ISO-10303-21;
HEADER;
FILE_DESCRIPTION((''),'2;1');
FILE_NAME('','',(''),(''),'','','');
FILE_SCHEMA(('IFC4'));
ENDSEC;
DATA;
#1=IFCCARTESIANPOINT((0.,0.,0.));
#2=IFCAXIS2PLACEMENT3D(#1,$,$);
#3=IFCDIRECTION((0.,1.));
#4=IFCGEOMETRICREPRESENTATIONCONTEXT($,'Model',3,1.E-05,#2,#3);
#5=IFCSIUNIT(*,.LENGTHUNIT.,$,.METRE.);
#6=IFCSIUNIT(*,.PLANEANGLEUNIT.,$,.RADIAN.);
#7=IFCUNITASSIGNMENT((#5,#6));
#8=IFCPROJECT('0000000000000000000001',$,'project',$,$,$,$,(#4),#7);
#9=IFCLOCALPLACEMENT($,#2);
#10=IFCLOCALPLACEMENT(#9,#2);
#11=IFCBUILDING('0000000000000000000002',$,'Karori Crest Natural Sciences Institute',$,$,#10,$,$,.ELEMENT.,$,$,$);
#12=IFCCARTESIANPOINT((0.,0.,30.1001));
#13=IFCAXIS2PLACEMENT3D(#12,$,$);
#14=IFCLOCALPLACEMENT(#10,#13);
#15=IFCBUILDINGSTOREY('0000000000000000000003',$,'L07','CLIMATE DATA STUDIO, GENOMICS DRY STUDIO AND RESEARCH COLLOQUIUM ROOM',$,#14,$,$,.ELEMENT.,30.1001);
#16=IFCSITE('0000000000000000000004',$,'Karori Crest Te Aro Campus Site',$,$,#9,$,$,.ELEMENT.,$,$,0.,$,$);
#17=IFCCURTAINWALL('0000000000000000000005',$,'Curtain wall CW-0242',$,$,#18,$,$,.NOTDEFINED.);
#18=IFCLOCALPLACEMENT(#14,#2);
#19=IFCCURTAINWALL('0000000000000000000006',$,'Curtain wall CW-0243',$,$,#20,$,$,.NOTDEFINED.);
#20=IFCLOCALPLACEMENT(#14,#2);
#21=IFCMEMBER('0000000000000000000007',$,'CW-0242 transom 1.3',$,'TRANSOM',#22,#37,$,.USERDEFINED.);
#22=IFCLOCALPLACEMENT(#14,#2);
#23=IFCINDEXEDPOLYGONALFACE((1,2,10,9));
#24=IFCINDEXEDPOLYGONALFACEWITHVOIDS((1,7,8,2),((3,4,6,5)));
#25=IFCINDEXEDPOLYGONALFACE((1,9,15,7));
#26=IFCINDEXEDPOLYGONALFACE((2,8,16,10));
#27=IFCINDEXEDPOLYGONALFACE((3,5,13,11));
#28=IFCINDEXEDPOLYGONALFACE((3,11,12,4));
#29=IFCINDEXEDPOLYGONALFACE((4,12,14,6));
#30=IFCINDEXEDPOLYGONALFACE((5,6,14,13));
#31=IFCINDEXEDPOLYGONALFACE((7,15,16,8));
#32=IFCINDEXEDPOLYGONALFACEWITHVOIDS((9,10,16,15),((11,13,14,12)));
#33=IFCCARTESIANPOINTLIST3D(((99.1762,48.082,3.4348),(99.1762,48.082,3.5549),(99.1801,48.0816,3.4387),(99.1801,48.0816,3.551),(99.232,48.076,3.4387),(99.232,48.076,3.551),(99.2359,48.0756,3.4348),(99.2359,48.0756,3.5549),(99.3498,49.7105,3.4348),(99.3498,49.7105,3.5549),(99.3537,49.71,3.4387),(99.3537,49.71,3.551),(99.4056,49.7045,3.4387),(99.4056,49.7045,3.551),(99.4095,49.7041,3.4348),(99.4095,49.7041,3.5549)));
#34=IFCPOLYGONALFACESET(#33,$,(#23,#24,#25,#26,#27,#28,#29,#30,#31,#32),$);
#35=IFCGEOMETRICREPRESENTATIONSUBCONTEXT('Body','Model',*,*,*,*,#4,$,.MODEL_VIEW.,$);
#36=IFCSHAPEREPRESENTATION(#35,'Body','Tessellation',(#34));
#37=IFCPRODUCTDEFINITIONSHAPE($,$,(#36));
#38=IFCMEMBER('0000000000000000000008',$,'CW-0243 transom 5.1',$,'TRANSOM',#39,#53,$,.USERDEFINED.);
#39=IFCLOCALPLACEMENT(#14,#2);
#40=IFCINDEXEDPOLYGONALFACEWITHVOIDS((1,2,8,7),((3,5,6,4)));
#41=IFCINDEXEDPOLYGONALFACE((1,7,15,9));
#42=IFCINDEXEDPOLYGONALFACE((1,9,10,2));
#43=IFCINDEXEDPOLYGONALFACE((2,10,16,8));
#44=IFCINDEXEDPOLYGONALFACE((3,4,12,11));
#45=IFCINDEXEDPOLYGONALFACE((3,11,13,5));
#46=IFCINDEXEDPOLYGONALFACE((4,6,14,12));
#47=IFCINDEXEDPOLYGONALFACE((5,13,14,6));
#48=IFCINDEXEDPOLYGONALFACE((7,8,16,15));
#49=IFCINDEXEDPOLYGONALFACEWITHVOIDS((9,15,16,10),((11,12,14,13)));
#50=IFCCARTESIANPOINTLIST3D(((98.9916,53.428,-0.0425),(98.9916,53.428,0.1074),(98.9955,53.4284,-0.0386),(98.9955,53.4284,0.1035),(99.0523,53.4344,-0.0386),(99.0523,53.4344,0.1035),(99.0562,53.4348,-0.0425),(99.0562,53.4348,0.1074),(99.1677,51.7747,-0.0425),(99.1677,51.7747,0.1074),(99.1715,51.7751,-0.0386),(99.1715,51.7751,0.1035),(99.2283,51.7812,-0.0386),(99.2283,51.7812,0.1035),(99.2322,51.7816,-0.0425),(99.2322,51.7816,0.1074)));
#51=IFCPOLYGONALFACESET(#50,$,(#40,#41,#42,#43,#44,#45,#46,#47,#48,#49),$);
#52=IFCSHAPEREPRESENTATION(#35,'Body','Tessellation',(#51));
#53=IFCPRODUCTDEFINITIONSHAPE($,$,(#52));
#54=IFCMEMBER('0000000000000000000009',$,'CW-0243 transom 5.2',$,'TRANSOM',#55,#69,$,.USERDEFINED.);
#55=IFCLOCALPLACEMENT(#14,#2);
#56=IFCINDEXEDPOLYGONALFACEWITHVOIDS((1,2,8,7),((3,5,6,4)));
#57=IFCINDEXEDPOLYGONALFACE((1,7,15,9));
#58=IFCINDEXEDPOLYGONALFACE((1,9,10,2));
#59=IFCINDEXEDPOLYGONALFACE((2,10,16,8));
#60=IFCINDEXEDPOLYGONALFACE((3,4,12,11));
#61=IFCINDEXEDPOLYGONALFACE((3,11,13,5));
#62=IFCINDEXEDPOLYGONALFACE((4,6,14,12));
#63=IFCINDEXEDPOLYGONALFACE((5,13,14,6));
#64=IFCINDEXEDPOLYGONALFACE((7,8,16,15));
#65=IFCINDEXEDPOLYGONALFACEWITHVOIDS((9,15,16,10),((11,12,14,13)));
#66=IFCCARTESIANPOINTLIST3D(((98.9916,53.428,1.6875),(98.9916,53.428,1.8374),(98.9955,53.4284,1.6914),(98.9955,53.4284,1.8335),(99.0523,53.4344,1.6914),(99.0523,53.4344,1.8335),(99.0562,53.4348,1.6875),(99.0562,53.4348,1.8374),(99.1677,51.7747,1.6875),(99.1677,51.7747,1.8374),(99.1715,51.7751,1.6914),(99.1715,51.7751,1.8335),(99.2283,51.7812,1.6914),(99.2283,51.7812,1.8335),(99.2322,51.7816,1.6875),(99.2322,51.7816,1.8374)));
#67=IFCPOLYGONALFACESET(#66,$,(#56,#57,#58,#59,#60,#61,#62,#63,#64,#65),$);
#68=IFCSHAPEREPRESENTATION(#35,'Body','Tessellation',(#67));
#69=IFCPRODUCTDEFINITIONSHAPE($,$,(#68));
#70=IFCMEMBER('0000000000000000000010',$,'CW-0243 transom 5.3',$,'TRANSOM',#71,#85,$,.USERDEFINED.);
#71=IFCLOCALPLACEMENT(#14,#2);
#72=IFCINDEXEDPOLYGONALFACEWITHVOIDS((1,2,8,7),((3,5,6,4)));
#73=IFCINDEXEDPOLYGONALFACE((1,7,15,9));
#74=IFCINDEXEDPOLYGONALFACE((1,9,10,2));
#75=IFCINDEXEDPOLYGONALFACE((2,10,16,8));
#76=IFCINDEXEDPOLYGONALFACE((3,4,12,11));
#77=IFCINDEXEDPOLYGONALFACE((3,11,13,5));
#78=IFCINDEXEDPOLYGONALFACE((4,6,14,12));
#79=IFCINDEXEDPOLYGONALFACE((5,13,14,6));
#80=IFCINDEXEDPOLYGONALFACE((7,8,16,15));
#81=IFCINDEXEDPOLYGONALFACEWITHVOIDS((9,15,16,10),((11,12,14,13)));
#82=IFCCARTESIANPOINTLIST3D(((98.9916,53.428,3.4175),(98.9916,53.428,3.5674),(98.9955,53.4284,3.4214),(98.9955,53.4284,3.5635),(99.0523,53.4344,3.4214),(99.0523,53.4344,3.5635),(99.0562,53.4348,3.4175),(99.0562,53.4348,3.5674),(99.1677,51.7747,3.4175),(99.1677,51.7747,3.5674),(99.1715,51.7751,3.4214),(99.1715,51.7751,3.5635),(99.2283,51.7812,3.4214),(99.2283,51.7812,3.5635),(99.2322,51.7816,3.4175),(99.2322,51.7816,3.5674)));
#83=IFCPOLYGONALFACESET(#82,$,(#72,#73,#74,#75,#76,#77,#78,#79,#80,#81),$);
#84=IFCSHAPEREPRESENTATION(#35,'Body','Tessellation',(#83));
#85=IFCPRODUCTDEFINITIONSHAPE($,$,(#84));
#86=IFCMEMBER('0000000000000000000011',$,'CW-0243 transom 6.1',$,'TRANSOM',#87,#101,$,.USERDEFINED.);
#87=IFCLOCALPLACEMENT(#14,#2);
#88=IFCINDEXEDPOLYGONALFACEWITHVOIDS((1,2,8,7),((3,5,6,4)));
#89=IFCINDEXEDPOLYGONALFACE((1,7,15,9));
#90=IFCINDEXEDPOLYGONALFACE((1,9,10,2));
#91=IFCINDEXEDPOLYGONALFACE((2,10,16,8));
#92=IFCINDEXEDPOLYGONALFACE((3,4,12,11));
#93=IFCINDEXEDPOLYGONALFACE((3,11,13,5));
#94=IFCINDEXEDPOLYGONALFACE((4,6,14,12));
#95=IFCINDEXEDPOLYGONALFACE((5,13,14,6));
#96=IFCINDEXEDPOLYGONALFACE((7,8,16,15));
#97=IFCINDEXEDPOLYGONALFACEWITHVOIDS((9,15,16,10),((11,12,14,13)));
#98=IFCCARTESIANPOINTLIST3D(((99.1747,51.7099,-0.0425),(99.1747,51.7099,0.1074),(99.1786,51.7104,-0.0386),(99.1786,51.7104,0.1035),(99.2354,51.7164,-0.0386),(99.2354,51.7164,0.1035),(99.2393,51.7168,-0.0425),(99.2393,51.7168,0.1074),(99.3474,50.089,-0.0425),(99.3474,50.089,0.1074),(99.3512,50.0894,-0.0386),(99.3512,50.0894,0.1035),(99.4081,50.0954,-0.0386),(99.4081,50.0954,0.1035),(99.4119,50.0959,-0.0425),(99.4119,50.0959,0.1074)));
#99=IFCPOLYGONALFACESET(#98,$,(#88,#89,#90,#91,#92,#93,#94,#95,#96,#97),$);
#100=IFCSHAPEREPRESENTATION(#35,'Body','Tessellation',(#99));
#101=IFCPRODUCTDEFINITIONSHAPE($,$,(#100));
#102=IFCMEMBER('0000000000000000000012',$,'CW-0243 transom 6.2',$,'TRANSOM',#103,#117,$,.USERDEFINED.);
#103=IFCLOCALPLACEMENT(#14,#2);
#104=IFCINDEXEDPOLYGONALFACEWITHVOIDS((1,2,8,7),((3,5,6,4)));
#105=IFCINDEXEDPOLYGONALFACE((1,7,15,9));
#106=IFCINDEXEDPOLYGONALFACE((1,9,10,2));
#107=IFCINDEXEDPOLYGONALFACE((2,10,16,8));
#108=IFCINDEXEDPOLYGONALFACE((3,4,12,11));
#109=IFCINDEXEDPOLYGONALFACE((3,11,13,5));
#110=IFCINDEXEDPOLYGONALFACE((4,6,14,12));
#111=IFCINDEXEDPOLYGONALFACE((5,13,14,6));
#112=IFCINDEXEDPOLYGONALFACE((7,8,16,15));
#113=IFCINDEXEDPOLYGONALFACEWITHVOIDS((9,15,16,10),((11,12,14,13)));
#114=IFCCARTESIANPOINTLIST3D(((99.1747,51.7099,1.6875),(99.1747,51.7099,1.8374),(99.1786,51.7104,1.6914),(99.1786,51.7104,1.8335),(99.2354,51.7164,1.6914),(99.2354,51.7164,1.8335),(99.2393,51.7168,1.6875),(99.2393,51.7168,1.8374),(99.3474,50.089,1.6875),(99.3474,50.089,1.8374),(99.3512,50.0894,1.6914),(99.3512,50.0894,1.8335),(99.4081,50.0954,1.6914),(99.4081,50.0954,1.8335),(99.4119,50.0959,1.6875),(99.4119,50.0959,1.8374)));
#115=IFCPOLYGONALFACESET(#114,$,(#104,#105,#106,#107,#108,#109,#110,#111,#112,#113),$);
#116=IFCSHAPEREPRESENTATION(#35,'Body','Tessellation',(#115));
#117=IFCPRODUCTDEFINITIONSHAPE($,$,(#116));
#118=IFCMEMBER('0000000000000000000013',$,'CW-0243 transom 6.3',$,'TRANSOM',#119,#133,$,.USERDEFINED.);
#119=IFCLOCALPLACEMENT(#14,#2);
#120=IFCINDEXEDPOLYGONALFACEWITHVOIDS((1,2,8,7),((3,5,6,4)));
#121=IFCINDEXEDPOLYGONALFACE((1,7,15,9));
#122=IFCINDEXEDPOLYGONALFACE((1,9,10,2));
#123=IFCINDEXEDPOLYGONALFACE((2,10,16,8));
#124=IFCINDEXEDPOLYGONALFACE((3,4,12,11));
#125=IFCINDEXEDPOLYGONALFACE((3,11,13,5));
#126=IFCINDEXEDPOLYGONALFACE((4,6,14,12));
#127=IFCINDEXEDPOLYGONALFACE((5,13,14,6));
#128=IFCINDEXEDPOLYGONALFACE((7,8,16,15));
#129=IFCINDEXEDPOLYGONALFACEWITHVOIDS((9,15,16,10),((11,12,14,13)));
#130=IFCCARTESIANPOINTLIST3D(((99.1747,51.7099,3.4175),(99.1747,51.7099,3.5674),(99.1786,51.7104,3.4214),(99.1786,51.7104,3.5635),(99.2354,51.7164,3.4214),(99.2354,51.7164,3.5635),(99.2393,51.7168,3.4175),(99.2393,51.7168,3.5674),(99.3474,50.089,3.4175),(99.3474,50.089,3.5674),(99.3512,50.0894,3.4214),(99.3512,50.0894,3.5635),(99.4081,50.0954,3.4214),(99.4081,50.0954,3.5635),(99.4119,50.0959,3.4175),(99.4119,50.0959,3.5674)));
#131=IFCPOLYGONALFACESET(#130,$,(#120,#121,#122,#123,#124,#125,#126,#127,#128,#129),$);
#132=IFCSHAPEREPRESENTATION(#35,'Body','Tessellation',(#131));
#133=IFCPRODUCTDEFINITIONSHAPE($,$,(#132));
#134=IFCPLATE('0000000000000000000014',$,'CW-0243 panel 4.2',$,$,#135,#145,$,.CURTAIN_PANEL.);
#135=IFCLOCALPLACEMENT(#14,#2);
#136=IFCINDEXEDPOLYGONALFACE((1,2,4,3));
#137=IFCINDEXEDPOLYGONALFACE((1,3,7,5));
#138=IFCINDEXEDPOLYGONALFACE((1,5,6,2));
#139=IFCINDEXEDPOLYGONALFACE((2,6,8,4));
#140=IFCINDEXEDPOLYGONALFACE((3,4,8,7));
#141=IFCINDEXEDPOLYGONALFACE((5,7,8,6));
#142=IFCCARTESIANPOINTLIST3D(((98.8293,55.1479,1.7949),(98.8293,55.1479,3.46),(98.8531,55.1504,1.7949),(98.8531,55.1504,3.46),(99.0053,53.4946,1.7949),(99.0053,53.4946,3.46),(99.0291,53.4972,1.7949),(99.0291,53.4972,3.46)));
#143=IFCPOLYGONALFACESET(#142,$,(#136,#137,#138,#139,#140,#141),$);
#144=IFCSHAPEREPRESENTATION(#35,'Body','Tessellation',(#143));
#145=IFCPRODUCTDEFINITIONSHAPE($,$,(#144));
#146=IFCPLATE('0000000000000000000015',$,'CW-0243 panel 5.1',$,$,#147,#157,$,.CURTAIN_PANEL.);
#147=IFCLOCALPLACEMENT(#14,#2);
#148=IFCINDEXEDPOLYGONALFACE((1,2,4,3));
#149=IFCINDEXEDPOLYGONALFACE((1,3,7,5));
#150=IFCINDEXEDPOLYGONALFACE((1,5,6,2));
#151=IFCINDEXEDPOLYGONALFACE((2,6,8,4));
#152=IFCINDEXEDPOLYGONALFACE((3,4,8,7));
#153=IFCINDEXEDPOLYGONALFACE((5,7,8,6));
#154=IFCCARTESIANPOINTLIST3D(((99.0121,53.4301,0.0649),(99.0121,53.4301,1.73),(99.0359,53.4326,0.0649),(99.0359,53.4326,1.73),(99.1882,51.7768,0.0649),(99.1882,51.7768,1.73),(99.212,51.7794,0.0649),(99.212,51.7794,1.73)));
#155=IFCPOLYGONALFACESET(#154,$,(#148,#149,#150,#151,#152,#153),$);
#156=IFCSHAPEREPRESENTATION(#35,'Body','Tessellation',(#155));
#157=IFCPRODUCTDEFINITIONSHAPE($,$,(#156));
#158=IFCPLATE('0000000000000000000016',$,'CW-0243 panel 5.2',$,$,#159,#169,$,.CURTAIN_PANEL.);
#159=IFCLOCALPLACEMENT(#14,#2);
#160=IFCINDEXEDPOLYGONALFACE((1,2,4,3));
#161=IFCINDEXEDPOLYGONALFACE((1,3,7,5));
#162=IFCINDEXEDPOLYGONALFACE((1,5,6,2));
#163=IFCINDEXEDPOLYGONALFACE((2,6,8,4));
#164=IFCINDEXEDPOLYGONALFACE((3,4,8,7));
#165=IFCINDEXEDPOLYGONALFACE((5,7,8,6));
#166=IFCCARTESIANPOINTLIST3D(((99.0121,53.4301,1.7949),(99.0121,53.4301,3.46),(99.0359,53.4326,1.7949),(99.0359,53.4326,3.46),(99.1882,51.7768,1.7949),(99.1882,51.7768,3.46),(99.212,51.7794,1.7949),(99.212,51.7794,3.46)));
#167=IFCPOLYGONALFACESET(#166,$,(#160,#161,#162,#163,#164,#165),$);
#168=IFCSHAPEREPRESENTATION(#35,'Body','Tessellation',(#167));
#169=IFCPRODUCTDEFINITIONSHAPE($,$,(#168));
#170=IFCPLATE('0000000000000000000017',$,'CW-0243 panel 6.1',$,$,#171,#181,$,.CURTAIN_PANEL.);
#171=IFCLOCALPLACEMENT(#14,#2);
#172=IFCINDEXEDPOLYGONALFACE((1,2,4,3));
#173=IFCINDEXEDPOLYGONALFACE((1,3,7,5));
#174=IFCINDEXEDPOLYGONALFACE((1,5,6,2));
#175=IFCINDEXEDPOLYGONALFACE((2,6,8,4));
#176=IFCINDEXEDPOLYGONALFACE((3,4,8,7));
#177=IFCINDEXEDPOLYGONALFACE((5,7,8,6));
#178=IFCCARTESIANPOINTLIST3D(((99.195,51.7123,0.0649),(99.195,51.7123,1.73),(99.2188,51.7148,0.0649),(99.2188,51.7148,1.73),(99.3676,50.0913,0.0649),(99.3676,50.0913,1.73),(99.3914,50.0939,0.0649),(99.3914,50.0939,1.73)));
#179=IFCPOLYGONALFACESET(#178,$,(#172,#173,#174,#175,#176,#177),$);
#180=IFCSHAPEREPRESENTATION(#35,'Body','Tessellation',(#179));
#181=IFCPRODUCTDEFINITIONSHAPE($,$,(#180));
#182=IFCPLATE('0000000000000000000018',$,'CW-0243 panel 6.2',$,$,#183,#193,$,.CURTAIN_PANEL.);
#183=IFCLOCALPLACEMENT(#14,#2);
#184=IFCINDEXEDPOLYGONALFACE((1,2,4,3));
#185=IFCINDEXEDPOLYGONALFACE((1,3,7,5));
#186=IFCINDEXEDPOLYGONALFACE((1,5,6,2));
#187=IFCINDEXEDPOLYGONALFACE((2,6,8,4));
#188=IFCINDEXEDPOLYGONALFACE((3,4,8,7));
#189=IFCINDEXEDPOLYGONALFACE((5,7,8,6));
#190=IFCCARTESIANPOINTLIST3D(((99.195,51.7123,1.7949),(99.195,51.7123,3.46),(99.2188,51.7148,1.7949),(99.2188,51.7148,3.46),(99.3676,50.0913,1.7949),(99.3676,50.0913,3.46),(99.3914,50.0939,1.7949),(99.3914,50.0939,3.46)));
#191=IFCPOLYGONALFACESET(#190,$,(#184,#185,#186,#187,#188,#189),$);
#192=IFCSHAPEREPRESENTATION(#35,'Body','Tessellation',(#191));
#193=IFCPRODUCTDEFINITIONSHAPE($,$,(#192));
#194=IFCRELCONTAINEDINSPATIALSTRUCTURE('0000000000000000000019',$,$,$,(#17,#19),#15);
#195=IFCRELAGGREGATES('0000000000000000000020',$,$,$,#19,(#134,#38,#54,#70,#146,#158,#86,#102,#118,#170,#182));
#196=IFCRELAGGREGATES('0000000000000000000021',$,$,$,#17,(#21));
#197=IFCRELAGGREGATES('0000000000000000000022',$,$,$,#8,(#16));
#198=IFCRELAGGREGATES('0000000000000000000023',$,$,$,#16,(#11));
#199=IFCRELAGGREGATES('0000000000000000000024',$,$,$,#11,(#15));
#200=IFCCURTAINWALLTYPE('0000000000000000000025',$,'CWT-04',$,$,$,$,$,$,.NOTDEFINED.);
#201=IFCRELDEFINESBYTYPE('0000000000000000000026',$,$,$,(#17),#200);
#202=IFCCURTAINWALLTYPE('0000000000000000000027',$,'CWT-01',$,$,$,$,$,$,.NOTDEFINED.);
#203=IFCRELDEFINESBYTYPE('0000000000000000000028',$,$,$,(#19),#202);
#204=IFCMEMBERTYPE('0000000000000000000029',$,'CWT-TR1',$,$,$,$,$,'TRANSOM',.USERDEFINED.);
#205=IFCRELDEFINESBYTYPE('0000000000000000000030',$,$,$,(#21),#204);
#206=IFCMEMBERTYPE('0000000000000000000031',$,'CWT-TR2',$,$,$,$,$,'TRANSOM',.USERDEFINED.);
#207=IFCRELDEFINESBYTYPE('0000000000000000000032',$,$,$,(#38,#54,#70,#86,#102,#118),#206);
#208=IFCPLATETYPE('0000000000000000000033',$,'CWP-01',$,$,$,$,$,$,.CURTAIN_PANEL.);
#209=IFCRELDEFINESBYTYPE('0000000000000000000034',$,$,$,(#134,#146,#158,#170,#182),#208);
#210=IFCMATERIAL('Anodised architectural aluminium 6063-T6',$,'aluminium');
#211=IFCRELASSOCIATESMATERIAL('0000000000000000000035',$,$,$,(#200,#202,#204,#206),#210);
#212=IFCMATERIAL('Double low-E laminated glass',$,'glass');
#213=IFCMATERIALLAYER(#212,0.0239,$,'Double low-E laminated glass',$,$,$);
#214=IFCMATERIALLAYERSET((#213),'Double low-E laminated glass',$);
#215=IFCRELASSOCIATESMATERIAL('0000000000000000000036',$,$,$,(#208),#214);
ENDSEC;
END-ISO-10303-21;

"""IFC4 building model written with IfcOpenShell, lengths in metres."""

from ifc_helpers import new_model, si_unit, direction, frame, origin, origin_2d, place, context, subcontext, project, spatial, rectangle, hollow_rectangle, extrude, material, layer, layer_set, material_profile, profile_set, type_object, element, aggregate, save


model = new_model("IFC4")

# Units and contexts
model_context = context("Model", 3, precision=1e-05, world=origin(), true_north=direction((0.0, 1.0)))
body_context = subcontext(model_context, "Body", "Model", "MODEL_VIEW")
ifc_project = project(units=[si_unit("LENGTHUNIT", "METRE"), si_unit("PLANEANGLEUNIT", "RADIAN")], contexts=[model_context])

# Site, building, storey
site_placement = place(None, origin())
site = spatial("IfcSite", under=ifc_project, at=site_placement, Name="Karori Crest Te Aro Campus Site", CompositionType="ELEMENT", RefElevation=0.0)
building_placement = place(site_placement, origin())
building = spatial("IfcBuilding", under=site, at=building_placement, Name="Karori Crest Natural Sciences Institute", CompositionType="ELEMENT")
storey_placement = place(building_placement, frame((0.0, 0.0, 30.1001)))
storey = spatial("IfcBuildingStorey", under=building, at=storey_placement, Name="L07", Description="CLIMATE DATA STUDIO, GENOMICS DRY STUDIO AND RESEARCH COLLOQUIUM ROOM", CompositionType="ELEMENT", Elevation=30.1001)

# Curtain wall
ifc_material_1 = material(Name="Anodised architectural aluminium 6063-T6", Category="aluminium")
curtain_wall_type_1 = type_object("IfcCurtainWallType", Name="CWT-04", PredefinedType="NOTDEFINED", material=ifc_material_1)
curtain_wall_1_placement = place(storey_placement, origin())
curtain_wall_1 = element("IfcCurtainWall", 1, at=curtain_wall_1_placement, inside=storey, type_object=curtain_wall_type_1, Name="Curtain wall CW-0242", PredefinedType="NOTDEFINED")

# Curtain wall
curtain_wall_type_2 = type_object("IfcCurtainWallType", Name="CWT-01", PredefinedType="NOTDEFINED", material=ifc_material_1)
curtain_wall_2_placement = place(storey_placement, origin())
curtain_wall_2 = element("IfcCurtainWall", 2, at=curtain_wall_2_placement, inside=storey, type_object=curtain_wall_type_2, Name="Curtain wall CW-0243", PredefinedType="NOTDEFINED")

# Members
ifc_material_profile_1 = material_profile(ifc_material_1, hollow_rectangle(XDim=0.0601, YDim=0.1201, WallThickness=0.0039, at=origin_2d()), Name="CWT120x60x4")
ifc_profile_set_1 = profile_set([ifc_material_profile_1], Name="Anodised architectural aluminium 6063-T6")
member_type_1 = type_object("IfcMemberType", Name="CWT-TR1", ElementType="TRANSOM", PredefinedType="USERDEFINED", material=ifc_profile_set_1)
member_1_placement = place(storey_placement, frame((99.3796, 49.7073, 3.4949), z_axis=(-0.105996, -0.994367, 0.0), x_axis=(0.994367, -0.105996, 0.0)))
member_1 = element("IfcMember", 3, at=member_1_placement, type_object=member_type_1, Name="CW-0242 transom 1.3", ObjectType="TRANSOM", PredefinedType="USERDEFINED", context=body_context, shape_type="SweptSolid", body=[
    extrude(hollow_rectangle(XDim=0.0601, YDim=0.1201, WallThickness=0.0039, at=origin_2d()), origin(), (0.0, 0.0, 1.0), 1.6377),
])
ifc_material_profile_2 = material_profile(ifc_material_1, hollow_rectangle(XDim=0.0649, YDim=0.1499, WallThickness=0.0039, at=origin_2d()), Name="CWT150x65x4")
ifc_profile_set_2 = profile_set([ifc_material_profile_2], Name="Anodised architectural aluminium 6063-T6")
member_type_2 = type_object("IfcMemberType", Name="CWT-TR2", ElementType="TRANSOM", PredefinedType="USERDEFINED", material=ifc_profile_set_2)
member_2_placement = place(storey_placement, frame((99.0239, 53.4314, 0.0325), z_axis=(0.105869, -0.99438, 0.0), x_axis=(0.99438, 0.105869, 0.0)))
member_2 = element("IfcMember", 4, at=member_2_placement, type_object=member_type_2, Name="CW-0243 transom 5.1", ObjectType="TRANSOM", PredefinedType="USERDEFINED", context=body_context, shape_type="SweptSolid", body=[
    extrude(hollow_rectangle(XDim=0.0649, YDim=0.1499, WallThickness=0.0039, at=origin_2d()), origin(), (0.0, 0.0, 1.0), 1.6626),
])
member_3_placement = place(storey_placement, frame((99.0239, 53.4314, 1.7625), z_axis=(0.105869, -0.99438, 0.0), x_axis=(0.99438, 0.105869, 0.0)))
member_3 = element("IfcMember", 5, at=member_3_placement, type_object=member_type_2, Name="CW-0243 transom 5.2", ObjectType="TRANSOM", PredefinedType="USERDEFINED", context=body_context, shape_type="SweptSolid", body=[
    extrude(hollow_rectangle(XDim=0.0649, YDim=0.1499, WallThickness=0.0039, at=origin_2d()), origin(), (0.0, 0.0, 1.0), 1.6626),
])
member_4_placement = place(storey_placement, frame((99.0239, 53.4314, 3.4924), z_axis=(0.105869, -0.99438, 0.0), x_axis=(0.99438, 0.105869, 0.0)))
member_4 = element("IfcMember", 6, at=member_4_placement, type_object=member_type_2, Name="CW-0243 transom 5.3", ObjectType="TRANSOM", PredefinedType="USERDEFINED", context=body_context, shape_type="SweptSolid", body=[
    extrude(hollow_rectangle(XDim=0.0649, YDim=0.1499, WallThickness=0.0039, at=origin_2d()), origin(), (0.0, 0.0, 1.0), 1.6626),
])
member_5_placement = place(storey_placement, frame((99.207, 51.7134, 0.0325), z_axis=(0.105893, -0.994378, 0.0), x_axis=(0.994378, 0.105893, 0.0)))
member_5 = element("IfcMember", 7, at=member_5_placement, type_object=member_type_2, Name="CW-0243 transom 6.1", ObjectType="TRANSOM", PredefinedType="USERDEFINED", context=body_context, shape_type="SweptSolid", body=[
    extrude(hollow_rectangle(XDim=0.0649, YDim=0.1499, WallThickness=0.0039, at=origin_2d()), origin(), (0.0, 0.0, 1.0), 1.6301),
])
member_6_placement = place(storey_placement, frame((99.207, 51.7134, 1.7625), z_axis=(0.105893, -0.994378, 0.0), x_axis=(0.994378, 0.105893, 0.0)))
member_6 = element("IfcMember", 8, at=member_6_placement, type_object=member_type_2, Name="CW-0243 transom 6.2", ObjectType="TRANSOM", PredefinedType="USERDEFINED", context=body_context, shape_type="SweptSolid", body=[
    extrude(hollow_rectangle(XDim=0.0649, YDim=0.1499, WallThickness=0.0039, at=origin_2d()), origin(), (0.0, 0.0, 1.0), 1.6301),
])
member_7_placement = place(storey_placement, frame((99.207, 51.7134, 3.4924), z_axis=(0.105893, -0.994378, 0.0), x_axis=(0.994378, 0.105893, 0.0)))
member_7 = element("IfcMember", 9, at=member_7_placement, type_object=member_type_2, Name="CW-0243 transom 6.3", ObjectType="TRANSOM", PredefinedType="USERDEFINED", context=body_context, shape_type="SweptSolid", body=[
    extrude(hollow_rectangle(XDim=0.0649, YDim=0.1499, WallThickness=0.0039, at=origin_2d()), origin(), (0.0, 0.0, 1.0), 1.6301),
])

# Plates
ifc_material_2 = material(Name="Double low-E laminated glass", Category="glass")
ifc_layer_1 = layer(ifc_material_2, 0.0239, Name="Double low-E laminated glass")
ifc_layer_set_1 = layer_set([ifc_layer_1], Name="Double low-E laminated glass")
plate_type_1 = type_object("IfcPlateType", Name="CWP-01", PredefinedType="CURTAIN_PANEL", material=ifc_layer_set_1)
plate_1_placement = place(storey_placement, frame((98.9292, 54.3225, 1.7949), z_axis=(0.0, 0.0, 1.0), x_axis=(0.105884, -0.994378, 0.0)))
plate_1 = element("IfcPlate", 10, at=plate_1_placement, type_object=plate_type_1, Name="CW-0243 panel 4.2", PredefinedType="CURTAIN_PANEL", context=body_context, shape_type="SweptSolid", body=[
    extrude(rectangle(XDim=1.6626, YDim=0.0239, at=origin_2d()), origin(), (0.0, 0.0, 1.0), 1.665),
])
plate_2_placement = place(storey_placement, frame((99.1121, 52.6047, 0.0649), z_axis=(0.0, 0.0, 1.0), x_axis=(0.105884, -0.994378, 0.0)))
plate_2 = element("IfcPlate", 11, at=plate_2_placement, type_object=plate_type_1, Name="CW-0243 panel 5.1", PredefinedType="CURTAIN_PANEL", context=body_context, shape_type="SweptSolid", body=[
    extrude(rectangle(XDim=1.6626, YDim=0.0239, at=origin_2d()), origin(), (0.0, 0.0, 1.0), 1.665),
])
plate_3_placement = place(storey_placement, frame((99.1121, 52.6047, 1.7949), z_axis=(0.0, 0.0, 1.0), x_axis=(0.105884, -0.994378, 0.0)))
plate_3 = element("IfcPlate", 12, at=plate_3_placement, type_object=plate_type_1, Name="CW-0243 panel 5.2", PredefinedType="CURTAIN_PANEL", context=body_context, shape_type="SweptSolid", body=[
    extrude(rectangle(XDim=1.6626, YDim=0.0239, at=origin_2d()), origin(), (0.0, 0.0, 1.0), 1.665),
])
plate_4_placement = place(storey_placement, frame((99.2932, 50.9031, 0.0649), z_axis=(0.0, 0.0, 1.0), x_axis=(0.105884, -0.994378, 0.0)))
plate_4 = element("IfcPlate", 13, at=plate_4_placement, type_object=plate_type_1, Name="CW-0243 panel 6.1", PredefinedType="CURTAIN_PANEL", context=body_context, shape_type="SweptSolid", body=[
    extrude(rectangle(XDim=1.6301, YDim=0.0239, at=origin_2d()), origin(), (0.0, 0.0, 1.0), 1.665),
])
plate_5_placement = place(storey_placement, frame((99.2932, 50.9031, 1.7949), z_axis=(0.0, 0.0, 1.0), x_axis=(0.105884, -0.994378, 0.0)))
plate_5 = element("IfcPlate", 14, at=plate_5_placement, type_object=plate_type_1, Name="CW-0243 panel 6.2", PredefinedType="CURTAIN_PANEL", context=body_context, shape_type="SweptSolid", body=[
    extrude(rectangle(XDim=1.6301, YDim=0.0239, at=origin_2d()), origin(), (0.0, 0.0, 1.0), 1.665),
])
aggregate(curtain_wall_2, [plate_1, member_2, member_3, member_4, plate_2, plate_3, member_5, member_6, member_7, plate_4, plate_5])
aggregate(curtain_wall_1, [member_1])

save(model, "model.ifc")
